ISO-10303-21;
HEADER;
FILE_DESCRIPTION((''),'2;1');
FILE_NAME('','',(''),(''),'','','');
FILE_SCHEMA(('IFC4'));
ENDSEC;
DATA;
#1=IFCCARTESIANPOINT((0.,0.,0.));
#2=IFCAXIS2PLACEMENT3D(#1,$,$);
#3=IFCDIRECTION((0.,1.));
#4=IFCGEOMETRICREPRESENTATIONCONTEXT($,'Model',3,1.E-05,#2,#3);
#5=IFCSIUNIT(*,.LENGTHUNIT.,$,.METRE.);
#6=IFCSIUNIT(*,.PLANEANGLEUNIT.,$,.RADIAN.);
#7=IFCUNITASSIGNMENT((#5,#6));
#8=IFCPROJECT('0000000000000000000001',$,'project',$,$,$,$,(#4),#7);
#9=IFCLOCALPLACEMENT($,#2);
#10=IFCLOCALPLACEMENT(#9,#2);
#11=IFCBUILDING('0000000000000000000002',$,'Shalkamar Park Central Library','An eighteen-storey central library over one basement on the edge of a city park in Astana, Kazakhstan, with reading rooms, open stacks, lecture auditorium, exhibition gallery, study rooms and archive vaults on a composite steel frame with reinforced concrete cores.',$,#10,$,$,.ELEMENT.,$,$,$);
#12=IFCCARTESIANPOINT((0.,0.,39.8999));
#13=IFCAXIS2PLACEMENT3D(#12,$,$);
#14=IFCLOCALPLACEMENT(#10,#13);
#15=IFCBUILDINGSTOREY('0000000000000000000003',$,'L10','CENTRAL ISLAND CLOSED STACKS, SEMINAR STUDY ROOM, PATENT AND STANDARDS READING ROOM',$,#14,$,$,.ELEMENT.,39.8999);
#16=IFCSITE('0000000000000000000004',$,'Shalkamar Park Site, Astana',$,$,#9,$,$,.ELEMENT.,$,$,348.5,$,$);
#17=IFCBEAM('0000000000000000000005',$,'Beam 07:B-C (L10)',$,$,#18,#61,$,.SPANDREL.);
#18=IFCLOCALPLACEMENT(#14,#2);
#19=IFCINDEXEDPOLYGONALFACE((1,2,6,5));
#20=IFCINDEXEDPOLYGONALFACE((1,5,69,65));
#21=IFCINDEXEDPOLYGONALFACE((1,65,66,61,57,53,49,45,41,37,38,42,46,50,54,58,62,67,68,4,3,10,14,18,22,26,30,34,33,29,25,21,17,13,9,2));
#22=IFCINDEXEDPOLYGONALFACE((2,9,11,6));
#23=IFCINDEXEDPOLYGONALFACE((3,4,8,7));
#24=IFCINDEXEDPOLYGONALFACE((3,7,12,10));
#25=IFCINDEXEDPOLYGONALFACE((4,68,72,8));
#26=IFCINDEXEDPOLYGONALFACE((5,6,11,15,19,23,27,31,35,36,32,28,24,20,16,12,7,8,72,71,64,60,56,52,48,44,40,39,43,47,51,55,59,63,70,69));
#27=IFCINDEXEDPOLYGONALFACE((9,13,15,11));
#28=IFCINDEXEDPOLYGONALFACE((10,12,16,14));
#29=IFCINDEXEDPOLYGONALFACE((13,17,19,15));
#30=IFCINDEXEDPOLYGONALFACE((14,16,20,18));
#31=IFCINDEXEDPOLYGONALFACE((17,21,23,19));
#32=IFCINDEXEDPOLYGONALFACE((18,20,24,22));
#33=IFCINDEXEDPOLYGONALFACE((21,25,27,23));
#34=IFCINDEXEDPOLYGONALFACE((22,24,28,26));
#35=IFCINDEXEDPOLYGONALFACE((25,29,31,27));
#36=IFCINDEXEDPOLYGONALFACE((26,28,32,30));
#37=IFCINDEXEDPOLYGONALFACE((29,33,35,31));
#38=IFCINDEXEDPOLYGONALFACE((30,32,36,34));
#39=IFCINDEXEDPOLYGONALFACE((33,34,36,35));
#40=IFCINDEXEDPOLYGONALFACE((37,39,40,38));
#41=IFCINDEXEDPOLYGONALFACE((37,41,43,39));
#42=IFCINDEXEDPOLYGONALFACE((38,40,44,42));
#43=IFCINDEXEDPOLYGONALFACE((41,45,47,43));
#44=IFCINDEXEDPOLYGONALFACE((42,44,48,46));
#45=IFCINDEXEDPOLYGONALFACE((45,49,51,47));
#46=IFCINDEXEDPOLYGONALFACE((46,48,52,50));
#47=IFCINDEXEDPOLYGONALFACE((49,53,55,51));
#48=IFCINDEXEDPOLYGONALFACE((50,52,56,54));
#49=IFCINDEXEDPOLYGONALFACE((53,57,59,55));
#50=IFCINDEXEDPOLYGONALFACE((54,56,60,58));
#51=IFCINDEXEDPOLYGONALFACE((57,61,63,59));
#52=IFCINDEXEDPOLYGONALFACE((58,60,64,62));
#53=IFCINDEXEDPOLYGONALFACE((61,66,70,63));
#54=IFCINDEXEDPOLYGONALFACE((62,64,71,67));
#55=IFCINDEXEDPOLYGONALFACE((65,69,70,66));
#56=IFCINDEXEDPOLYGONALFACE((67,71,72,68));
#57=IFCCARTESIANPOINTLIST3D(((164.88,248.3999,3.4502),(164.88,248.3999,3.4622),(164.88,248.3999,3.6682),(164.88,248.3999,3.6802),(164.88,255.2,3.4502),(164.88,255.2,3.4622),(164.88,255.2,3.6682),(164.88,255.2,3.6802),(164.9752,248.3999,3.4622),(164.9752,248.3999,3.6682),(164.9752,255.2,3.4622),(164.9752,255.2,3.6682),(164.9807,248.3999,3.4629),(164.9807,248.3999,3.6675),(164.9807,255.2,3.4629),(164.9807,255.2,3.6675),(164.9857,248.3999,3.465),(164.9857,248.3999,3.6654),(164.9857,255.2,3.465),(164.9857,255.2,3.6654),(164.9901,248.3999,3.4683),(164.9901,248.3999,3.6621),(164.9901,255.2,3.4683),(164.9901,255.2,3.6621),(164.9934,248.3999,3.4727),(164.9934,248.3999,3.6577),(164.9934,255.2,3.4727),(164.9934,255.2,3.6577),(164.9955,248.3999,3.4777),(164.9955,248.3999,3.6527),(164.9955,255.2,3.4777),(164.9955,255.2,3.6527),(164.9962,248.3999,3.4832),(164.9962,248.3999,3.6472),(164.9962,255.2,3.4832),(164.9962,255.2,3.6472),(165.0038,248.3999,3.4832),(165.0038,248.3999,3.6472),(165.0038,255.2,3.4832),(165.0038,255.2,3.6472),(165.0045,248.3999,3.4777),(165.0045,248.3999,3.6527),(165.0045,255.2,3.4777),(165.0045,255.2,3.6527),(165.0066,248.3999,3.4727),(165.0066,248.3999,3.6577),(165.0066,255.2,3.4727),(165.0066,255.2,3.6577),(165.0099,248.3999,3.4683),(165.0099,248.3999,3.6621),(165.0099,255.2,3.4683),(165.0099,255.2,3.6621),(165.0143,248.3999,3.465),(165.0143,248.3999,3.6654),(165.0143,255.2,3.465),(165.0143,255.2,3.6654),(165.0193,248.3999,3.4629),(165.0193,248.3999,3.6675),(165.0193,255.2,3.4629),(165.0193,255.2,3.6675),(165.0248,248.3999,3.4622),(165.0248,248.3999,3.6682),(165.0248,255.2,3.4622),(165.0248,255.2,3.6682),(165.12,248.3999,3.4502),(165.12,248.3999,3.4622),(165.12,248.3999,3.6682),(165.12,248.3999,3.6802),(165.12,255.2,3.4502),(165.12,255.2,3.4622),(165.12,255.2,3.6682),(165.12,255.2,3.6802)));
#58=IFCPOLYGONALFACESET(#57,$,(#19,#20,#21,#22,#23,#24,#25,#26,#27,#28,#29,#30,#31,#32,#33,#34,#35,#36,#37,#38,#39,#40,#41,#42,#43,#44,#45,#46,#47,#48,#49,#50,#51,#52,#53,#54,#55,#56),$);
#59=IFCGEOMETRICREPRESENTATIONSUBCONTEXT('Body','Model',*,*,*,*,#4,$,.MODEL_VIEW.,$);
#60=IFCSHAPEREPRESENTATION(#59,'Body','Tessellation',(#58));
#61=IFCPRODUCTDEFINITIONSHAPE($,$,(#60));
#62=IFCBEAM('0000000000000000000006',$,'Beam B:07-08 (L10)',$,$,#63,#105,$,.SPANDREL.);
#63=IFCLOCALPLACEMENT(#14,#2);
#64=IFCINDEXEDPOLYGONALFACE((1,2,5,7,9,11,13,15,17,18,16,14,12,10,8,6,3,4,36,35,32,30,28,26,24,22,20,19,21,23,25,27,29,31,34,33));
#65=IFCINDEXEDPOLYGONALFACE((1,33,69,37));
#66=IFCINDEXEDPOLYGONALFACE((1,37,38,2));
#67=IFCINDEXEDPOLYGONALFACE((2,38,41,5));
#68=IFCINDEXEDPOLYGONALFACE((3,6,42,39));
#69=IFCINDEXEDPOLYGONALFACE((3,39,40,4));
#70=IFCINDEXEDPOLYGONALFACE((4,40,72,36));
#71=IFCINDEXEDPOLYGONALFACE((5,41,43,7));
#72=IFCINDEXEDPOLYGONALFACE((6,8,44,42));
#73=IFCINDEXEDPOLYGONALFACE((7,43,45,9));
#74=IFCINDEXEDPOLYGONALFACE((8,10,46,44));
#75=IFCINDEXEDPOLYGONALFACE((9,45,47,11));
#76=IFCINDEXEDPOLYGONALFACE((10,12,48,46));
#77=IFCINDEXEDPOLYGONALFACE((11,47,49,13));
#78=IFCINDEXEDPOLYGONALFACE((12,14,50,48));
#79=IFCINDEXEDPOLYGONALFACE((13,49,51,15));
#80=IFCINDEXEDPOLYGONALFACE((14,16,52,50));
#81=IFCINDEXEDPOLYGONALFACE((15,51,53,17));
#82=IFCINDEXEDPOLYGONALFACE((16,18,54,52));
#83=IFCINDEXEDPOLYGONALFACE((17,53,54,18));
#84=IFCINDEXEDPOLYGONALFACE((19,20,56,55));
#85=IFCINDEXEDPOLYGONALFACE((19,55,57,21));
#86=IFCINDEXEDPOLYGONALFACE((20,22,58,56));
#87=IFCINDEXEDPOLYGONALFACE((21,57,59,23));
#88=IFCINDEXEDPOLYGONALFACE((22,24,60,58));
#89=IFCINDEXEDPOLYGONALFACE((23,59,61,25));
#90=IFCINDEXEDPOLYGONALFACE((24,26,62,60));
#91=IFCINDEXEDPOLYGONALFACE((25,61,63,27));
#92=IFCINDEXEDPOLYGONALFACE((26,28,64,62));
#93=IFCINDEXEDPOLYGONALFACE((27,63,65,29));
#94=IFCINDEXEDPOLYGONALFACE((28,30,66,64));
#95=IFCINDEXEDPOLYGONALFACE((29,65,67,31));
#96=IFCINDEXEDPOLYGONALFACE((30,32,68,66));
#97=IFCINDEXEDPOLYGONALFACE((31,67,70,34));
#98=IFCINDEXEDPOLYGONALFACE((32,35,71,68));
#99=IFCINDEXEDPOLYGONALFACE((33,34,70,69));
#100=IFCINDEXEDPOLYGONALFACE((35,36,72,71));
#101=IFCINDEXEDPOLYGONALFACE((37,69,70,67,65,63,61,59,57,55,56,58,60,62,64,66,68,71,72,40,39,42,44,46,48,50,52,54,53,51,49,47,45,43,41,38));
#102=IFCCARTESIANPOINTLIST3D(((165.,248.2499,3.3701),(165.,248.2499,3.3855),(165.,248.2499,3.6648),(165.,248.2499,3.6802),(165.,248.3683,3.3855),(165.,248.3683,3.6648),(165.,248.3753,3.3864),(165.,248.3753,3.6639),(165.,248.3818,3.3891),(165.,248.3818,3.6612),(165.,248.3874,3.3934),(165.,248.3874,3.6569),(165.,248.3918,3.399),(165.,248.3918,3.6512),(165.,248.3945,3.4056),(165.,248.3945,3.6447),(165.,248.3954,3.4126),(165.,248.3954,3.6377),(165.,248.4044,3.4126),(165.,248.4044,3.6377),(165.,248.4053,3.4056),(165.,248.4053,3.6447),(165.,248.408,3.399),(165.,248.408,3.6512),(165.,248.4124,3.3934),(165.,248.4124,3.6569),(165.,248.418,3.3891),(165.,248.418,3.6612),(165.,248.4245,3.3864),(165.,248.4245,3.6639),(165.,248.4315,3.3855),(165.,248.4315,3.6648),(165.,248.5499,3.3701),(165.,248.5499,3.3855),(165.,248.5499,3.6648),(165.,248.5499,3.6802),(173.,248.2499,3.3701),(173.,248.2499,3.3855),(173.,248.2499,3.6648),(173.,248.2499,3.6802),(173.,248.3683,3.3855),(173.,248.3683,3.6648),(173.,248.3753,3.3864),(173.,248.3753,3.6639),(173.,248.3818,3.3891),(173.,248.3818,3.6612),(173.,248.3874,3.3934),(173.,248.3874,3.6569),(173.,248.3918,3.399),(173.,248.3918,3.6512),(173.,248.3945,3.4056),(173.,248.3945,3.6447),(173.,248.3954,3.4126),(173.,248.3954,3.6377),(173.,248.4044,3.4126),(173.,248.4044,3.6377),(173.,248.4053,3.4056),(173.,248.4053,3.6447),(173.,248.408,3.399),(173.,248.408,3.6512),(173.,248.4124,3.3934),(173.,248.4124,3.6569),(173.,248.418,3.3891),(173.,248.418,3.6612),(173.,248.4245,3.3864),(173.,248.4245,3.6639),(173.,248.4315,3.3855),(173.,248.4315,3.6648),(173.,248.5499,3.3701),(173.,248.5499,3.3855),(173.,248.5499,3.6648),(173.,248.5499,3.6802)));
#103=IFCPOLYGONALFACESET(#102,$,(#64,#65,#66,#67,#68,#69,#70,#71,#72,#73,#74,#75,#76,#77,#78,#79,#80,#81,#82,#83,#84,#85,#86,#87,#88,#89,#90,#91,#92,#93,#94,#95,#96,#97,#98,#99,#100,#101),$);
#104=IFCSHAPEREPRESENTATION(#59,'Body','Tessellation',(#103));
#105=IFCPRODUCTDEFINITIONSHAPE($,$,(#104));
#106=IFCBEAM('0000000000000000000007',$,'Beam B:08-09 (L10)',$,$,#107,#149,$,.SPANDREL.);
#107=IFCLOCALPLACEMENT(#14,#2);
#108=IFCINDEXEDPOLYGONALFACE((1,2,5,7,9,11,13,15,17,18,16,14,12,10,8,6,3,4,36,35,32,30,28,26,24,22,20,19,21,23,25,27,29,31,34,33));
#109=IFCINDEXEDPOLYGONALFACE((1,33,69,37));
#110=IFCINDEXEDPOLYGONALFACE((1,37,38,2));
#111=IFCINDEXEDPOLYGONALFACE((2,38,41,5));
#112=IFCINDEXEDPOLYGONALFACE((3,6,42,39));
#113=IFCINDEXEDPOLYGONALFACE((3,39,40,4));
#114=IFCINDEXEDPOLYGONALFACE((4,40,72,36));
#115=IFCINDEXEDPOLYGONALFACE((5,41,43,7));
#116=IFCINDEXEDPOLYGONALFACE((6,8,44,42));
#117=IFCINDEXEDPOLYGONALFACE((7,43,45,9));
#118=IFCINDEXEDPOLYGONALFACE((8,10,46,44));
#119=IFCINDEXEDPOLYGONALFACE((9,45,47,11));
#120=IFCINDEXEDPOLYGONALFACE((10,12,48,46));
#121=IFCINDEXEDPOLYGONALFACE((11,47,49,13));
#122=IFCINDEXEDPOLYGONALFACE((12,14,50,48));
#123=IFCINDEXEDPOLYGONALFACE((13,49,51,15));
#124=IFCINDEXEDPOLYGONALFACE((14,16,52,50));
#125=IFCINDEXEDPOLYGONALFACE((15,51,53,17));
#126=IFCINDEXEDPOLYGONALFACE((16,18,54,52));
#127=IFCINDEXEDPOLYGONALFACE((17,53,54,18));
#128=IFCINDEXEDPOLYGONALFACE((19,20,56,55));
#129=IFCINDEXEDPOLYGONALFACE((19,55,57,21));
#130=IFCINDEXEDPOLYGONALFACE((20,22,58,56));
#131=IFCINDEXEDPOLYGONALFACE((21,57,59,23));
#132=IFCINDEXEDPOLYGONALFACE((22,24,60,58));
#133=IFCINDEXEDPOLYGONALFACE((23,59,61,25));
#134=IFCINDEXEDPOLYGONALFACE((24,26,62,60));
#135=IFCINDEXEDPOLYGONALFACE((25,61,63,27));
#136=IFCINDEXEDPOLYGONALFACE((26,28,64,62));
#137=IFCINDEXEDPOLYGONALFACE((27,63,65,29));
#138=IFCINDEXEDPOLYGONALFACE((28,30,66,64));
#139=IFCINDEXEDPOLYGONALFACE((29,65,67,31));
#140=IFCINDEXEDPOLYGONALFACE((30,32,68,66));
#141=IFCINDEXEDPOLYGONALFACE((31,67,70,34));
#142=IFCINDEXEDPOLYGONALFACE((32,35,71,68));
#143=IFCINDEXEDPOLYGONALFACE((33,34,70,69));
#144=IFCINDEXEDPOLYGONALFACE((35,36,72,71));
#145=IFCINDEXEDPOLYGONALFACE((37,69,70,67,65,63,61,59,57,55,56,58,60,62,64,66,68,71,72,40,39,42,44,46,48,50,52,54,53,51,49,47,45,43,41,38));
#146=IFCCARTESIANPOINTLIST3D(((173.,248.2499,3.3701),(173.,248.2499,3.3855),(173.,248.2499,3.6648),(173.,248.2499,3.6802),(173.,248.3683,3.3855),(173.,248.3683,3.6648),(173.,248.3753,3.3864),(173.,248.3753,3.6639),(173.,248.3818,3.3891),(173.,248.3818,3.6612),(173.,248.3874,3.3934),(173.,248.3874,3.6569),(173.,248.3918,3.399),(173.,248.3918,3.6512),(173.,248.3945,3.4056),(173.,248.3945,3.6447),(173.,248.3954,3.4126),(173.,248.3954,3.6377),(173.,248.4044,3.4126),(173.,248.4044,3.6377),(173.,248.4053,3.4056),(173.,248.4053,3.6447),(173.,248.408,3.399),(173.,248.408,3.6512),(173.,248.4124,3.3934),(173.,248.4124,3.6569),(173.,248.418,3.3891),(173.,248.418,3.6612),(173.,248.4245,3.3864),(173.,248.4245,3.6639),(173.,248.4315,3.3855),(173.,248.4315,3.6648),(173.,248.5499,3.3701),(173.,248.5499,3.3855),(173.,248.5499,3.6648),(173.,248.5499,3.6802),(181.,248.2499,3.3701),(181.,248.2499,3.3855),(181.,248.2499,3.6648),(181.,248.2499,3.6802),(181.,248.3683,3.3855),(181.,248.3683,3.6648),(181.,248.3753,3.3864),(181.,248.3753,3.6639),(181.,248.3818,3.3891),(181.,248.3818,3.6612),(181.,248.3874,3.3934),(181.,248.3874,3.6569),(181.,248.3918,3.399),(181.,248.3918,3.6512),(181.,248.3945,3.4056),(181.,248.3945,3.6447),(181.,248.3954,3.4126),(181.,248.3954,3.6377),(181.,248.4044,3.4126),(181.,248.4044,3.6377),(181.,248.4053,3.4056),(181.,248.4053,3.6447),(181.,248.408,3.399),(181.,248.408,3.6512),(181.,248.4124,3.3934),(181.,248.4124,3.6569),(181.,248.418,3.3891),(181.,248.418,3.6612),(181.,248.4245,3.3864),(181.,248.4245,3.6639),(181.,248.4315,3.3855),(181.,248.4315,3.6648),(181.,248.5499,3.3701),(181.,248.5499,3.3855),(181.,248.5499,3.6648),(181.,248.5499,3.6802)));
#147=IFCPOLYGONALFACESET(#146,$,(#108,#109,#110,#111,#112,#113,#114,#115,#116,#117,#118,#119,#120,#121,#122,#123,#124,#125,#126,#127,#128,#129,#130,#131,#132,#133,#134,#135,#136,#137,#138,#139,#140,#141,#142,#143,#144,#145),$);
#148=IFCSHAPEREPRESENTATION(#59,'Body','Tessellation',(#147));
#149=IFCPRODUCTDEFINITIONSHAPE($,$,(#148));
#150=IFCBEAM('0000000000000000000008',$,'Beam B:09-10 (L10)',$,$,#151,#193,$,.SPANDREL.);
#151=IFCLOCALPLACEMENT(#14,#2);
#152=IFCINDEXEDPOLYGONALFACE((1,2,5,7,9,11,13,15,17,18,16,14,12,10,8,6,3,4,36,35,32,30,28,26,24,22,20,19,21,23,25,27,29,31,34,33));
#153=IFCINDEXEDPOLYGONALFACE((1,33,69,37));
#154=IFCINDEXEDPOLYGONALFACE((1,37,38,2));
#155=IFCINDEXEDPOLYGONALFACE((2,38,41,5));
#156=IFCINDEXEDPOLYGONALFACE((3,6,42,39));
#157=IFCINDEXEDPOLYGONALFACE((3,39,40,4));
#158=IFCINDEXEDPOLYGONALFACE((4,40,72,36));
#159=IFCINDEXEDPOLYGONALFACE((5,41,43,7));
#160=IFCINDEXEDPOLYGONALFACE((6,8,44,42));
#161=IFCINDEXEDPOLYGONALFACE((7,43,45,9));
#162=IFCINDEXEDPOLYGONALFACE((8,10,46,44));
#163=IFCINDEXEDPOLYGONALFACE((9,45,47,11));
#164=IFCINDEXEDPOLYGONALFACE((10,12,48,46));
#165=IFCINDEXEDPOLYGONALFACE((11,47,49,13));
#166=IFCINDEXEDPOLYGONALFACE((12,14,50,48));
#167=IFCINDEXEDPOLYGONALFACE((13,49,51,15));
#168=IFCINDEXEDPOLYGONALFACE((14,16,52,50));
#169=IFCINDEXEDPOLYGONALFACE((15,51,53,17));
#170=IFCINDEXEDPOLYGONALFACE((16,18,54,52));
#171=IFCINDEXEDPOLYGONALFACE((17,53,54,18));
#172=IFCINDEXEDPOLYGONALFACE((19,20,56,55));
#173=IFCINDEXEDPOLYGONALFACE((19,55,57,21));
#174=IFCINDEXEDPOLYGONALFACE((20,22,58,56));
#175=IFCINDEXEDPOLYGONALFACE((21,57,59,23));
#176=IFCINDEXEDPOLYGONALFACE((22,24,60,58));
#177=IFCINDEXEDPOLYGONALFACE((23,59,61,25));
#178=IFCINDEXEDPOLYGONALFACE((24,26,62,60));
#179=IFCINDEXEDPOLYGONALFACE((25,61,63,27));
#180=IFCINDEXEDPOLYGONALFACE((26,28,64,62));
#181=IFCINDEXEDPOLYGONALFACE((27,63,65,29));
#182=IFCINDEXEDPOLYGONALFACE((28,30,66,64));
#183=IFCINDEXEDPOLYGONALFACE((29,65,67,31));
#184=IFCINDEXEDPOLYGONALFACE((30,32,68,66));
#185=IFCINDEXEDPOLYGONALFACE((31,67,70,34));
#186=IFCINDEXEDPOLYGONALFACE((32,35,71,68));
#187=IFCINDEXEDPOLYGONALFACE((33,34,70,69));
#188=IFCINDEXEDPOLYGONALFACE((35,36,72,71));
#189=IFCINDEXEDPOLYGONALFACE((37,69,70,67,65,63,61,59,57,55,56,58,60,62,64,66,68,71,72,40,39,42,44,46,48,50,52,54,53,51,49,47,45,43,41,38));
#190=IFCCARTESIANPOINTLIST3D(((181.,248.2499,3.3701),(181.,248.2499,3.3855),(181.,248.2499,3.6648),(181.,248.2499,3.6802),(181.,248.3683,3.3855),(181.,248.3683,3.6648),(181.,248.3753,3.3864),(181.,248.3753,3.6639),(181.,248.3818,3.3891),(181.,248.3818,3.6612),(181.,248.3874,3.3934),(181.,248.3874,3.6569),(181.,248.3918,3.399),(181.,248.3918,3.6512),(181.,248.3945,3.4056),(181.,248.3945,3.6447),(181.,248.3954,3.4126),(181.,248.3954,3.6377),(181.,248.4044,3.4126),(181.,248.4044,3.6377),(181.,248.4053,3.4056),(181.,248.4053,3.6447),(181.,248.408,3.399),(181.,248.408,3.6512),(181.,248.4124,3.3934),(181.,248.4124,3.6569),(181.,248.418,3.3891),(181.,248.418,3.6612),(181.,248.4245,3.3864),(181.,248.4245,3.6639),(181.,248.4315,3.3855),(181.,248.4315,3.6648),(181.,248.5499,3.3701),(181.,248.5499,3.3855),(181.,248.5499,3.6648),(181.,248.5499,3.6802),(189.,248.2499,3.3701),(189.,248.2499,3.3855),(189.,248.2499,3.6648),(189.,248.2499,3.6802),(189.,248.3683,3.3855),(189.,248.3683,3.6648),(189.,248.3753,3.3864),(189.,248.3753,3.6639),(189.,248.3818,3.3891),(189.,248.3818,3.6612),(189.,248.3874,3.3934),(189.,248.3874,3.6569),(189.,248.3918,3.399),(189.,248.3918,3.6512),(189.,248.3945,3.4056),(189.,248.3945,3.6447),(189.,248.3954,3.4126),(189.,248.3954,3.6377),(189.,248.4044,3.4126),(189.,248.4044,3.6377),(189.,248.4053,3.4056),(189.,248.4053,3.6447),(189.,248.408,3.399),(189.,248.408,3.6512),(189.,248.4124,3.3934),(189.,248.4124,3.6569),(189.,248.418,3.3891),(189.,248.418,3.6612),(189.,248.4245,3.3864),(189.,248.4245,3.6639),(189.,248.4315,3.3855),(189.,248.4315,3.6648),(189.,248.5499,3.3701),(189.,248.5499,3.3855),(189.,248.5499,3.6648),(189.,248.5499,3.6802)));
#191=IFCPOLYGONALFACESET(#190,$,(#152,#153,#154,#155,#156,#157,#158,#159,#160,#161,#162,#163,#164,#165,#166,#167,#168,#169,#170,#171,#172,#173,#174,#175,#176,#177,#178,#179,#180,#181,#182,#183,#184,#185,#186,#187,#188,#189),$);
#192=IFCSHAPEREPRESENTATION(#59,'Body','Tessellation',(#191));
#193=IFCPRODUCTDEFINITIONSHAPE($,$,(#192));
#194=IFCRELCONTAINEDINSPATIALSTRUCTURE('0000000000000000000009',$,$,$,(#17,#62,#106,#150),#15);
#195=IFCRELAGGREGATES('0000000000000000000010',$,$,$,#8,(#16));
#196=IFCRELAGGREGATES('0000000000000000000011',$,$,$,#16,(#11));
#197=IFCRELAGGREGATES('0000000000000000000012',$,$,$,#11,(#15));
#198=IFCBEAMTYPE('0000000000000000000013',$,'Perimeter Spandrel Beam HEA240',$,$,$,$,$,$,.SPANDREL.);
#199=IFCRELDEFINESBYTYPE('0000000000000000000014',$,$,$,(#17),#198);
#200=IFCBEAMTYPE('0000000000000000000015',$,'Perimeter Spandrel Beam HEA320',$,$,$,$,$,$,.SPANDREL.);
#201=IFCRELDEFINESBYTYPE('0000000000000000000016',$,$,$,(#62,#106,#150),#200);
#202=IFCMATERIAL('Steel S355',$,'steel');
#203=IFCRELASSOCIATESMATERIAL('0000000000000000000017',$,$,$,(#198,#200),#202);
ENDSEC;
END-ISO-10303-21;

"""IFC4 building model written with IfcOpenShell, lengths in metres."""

from ifc_helpers import new_model, si_unit, direction, frame, origin, origin_2d, place, context, subcontext, project, spatial, i_section, extrude, material, material_profile, profile_set, type_object, element, save


model = new_model("IFC4")

# Units and contexts
model_context = context("Model", 3, precision=1e-05, world=origin(), true_north=direction((0.0, 1.0)))
body_context = subcontext(model_context, "Body", "Model", "MODEL_VIEW")
ifc_project = project(units=[si_unit("LENGTHUNIT", "METRE"), si_unit("PLANEANGLEUNIT", "RADIAN")], contexts=[model_context])

# Site, building, storey
site_placement = place(None, origin())
site = spatial("IfcSite", under=ifc_project, at=site_placement, Name="Shalkamar Park Site, Astana", CompositionType="ELEMENT", RefElevation=348.5)
building_placement = place(site_placement, origin())
building = spatial("IfcBuilding", under=site, at=building_placement, Name="Shalkamar Park Central Library", Description="An eighteen-storey central library over one basement on the edge of a city park in Astana, Kazakhstan, with reading rooms, open stacks, lecture auditorium, exhibition gallery, study rooms and archive vaults on a composite steel frame with reinforced concrete cores.", CompositionType="ELEMENT")
storey_placement = place(building_placement, frame((0.0, 0.0, 39.8999)))
storey = spatial("IfcBuildingStorey", under=building, at=storey_placement, Name="L10", Description="CENTRAL ISLAND CLOSED STACKS, SEMINAR STUDY ROOM, PATENT AND STANDARDS READING ROOM", CompositionType="ELEMENT", Elevation=39.8999)

# Shared definitions
ifc_material_1 = material(Name="Steel S355", Category="steel")

# Beams
ifc_material_profile_1 = material_profile(ifc_material_1, i_section(OverallWidth=0.24, OverallDepth=0.23, WebThickness=0.0076, FlangeThickness=0.012, FilletRadius=0.021, at=origin_2d()), Name="HEA 240")
ifc_profile_set_1 = profile_set([ifc_material_profile_1], Name="Steel S355")
beam_type_1 = type_object("IfcBeamType", Name="Perimeter Spandrel Beam HEA240", PredefinedType="SPANDREL", material=ifc_profile_set_1)
beam_1_placement = place(storey_placement, frame((165.0, 248.3999, 3.5652), z_axis=(0.0, 1.0, 0.0), x_axis=(-1.0, 0.0, 0.0)))
element("IfcBeam", 1, at=beam_1_placement, inside=storey, type_object=beam_type_1, Name="Beam 07:B-C (L10)", PredefinedType="SPANDREL", context=body_context, shape_type="SweptSolid", body=[
    extrude(i_section(OverallWidth=0.24, OverallDepth=0.23, WebThickness=0.0076, FlangeThickness=0.012, FilletRadius=0.021, at=origin_2d()), origin(), (0.0, 0.0, 1.0), 6.8),
])
ifc_material_profile_2 = material_profile(ifc_material_1, i_section(OverallWidth=0.3, OverallDepth=0.3101, WebThickness=0.009, FlangeThickness=0.0154, FilletRadius=0.0271, at=origin_2d()), Name="HEA 320")
ifc_profile_set_2 = profile_set([ifc_material_profile_2], Name="Steel S355")
beam_type_2 = type_object("IfcBeamType", Name="Perimeter Spandrel Beam HEA320", PredefinedType="SPANDREL", material=ifc_profile_set_2)
for number, where, z_axis, x_axis, name in (
    (2, (165.0, 248.3999, 3.5251), (1.0, 0.0, 0.0), (0.0, 1.0, 0.0), "Beam B:07-08 (L10)"),
    (3, (173.0, 248.3999, 3.5251), (1.0, 0.0, 0.0), (0.0, 1.0, 0.0), "Beam B:08-09 (L10)"),
    (4, (181.0, 248.3999, 3.5251), (1.0, 0.0, 0.0), (0.0, 1.0, 0.0), "Beam B:09-10 (L10)"),
):
    element("IfcBeam", number, at=place(storey_placement, frame(where, z_axis=z_axis, x_axis=x_axis)), inside=storey, type_object=beam_type_2, Name=name, PredefinedType="SPANDREL", context=body_context, shape_type="SweptSolid", body=[
        extrude(i_section(OverallWidth=0.3, OverallDepth=0.3101, WebThickness=0.009, FlangeThickness=0.0154, FilletRadius=0.0271, at=origin_2d()), origin(), (0.0, 0.0, 1.0), 8.0),
    ])

save(model, "model.ifc")
